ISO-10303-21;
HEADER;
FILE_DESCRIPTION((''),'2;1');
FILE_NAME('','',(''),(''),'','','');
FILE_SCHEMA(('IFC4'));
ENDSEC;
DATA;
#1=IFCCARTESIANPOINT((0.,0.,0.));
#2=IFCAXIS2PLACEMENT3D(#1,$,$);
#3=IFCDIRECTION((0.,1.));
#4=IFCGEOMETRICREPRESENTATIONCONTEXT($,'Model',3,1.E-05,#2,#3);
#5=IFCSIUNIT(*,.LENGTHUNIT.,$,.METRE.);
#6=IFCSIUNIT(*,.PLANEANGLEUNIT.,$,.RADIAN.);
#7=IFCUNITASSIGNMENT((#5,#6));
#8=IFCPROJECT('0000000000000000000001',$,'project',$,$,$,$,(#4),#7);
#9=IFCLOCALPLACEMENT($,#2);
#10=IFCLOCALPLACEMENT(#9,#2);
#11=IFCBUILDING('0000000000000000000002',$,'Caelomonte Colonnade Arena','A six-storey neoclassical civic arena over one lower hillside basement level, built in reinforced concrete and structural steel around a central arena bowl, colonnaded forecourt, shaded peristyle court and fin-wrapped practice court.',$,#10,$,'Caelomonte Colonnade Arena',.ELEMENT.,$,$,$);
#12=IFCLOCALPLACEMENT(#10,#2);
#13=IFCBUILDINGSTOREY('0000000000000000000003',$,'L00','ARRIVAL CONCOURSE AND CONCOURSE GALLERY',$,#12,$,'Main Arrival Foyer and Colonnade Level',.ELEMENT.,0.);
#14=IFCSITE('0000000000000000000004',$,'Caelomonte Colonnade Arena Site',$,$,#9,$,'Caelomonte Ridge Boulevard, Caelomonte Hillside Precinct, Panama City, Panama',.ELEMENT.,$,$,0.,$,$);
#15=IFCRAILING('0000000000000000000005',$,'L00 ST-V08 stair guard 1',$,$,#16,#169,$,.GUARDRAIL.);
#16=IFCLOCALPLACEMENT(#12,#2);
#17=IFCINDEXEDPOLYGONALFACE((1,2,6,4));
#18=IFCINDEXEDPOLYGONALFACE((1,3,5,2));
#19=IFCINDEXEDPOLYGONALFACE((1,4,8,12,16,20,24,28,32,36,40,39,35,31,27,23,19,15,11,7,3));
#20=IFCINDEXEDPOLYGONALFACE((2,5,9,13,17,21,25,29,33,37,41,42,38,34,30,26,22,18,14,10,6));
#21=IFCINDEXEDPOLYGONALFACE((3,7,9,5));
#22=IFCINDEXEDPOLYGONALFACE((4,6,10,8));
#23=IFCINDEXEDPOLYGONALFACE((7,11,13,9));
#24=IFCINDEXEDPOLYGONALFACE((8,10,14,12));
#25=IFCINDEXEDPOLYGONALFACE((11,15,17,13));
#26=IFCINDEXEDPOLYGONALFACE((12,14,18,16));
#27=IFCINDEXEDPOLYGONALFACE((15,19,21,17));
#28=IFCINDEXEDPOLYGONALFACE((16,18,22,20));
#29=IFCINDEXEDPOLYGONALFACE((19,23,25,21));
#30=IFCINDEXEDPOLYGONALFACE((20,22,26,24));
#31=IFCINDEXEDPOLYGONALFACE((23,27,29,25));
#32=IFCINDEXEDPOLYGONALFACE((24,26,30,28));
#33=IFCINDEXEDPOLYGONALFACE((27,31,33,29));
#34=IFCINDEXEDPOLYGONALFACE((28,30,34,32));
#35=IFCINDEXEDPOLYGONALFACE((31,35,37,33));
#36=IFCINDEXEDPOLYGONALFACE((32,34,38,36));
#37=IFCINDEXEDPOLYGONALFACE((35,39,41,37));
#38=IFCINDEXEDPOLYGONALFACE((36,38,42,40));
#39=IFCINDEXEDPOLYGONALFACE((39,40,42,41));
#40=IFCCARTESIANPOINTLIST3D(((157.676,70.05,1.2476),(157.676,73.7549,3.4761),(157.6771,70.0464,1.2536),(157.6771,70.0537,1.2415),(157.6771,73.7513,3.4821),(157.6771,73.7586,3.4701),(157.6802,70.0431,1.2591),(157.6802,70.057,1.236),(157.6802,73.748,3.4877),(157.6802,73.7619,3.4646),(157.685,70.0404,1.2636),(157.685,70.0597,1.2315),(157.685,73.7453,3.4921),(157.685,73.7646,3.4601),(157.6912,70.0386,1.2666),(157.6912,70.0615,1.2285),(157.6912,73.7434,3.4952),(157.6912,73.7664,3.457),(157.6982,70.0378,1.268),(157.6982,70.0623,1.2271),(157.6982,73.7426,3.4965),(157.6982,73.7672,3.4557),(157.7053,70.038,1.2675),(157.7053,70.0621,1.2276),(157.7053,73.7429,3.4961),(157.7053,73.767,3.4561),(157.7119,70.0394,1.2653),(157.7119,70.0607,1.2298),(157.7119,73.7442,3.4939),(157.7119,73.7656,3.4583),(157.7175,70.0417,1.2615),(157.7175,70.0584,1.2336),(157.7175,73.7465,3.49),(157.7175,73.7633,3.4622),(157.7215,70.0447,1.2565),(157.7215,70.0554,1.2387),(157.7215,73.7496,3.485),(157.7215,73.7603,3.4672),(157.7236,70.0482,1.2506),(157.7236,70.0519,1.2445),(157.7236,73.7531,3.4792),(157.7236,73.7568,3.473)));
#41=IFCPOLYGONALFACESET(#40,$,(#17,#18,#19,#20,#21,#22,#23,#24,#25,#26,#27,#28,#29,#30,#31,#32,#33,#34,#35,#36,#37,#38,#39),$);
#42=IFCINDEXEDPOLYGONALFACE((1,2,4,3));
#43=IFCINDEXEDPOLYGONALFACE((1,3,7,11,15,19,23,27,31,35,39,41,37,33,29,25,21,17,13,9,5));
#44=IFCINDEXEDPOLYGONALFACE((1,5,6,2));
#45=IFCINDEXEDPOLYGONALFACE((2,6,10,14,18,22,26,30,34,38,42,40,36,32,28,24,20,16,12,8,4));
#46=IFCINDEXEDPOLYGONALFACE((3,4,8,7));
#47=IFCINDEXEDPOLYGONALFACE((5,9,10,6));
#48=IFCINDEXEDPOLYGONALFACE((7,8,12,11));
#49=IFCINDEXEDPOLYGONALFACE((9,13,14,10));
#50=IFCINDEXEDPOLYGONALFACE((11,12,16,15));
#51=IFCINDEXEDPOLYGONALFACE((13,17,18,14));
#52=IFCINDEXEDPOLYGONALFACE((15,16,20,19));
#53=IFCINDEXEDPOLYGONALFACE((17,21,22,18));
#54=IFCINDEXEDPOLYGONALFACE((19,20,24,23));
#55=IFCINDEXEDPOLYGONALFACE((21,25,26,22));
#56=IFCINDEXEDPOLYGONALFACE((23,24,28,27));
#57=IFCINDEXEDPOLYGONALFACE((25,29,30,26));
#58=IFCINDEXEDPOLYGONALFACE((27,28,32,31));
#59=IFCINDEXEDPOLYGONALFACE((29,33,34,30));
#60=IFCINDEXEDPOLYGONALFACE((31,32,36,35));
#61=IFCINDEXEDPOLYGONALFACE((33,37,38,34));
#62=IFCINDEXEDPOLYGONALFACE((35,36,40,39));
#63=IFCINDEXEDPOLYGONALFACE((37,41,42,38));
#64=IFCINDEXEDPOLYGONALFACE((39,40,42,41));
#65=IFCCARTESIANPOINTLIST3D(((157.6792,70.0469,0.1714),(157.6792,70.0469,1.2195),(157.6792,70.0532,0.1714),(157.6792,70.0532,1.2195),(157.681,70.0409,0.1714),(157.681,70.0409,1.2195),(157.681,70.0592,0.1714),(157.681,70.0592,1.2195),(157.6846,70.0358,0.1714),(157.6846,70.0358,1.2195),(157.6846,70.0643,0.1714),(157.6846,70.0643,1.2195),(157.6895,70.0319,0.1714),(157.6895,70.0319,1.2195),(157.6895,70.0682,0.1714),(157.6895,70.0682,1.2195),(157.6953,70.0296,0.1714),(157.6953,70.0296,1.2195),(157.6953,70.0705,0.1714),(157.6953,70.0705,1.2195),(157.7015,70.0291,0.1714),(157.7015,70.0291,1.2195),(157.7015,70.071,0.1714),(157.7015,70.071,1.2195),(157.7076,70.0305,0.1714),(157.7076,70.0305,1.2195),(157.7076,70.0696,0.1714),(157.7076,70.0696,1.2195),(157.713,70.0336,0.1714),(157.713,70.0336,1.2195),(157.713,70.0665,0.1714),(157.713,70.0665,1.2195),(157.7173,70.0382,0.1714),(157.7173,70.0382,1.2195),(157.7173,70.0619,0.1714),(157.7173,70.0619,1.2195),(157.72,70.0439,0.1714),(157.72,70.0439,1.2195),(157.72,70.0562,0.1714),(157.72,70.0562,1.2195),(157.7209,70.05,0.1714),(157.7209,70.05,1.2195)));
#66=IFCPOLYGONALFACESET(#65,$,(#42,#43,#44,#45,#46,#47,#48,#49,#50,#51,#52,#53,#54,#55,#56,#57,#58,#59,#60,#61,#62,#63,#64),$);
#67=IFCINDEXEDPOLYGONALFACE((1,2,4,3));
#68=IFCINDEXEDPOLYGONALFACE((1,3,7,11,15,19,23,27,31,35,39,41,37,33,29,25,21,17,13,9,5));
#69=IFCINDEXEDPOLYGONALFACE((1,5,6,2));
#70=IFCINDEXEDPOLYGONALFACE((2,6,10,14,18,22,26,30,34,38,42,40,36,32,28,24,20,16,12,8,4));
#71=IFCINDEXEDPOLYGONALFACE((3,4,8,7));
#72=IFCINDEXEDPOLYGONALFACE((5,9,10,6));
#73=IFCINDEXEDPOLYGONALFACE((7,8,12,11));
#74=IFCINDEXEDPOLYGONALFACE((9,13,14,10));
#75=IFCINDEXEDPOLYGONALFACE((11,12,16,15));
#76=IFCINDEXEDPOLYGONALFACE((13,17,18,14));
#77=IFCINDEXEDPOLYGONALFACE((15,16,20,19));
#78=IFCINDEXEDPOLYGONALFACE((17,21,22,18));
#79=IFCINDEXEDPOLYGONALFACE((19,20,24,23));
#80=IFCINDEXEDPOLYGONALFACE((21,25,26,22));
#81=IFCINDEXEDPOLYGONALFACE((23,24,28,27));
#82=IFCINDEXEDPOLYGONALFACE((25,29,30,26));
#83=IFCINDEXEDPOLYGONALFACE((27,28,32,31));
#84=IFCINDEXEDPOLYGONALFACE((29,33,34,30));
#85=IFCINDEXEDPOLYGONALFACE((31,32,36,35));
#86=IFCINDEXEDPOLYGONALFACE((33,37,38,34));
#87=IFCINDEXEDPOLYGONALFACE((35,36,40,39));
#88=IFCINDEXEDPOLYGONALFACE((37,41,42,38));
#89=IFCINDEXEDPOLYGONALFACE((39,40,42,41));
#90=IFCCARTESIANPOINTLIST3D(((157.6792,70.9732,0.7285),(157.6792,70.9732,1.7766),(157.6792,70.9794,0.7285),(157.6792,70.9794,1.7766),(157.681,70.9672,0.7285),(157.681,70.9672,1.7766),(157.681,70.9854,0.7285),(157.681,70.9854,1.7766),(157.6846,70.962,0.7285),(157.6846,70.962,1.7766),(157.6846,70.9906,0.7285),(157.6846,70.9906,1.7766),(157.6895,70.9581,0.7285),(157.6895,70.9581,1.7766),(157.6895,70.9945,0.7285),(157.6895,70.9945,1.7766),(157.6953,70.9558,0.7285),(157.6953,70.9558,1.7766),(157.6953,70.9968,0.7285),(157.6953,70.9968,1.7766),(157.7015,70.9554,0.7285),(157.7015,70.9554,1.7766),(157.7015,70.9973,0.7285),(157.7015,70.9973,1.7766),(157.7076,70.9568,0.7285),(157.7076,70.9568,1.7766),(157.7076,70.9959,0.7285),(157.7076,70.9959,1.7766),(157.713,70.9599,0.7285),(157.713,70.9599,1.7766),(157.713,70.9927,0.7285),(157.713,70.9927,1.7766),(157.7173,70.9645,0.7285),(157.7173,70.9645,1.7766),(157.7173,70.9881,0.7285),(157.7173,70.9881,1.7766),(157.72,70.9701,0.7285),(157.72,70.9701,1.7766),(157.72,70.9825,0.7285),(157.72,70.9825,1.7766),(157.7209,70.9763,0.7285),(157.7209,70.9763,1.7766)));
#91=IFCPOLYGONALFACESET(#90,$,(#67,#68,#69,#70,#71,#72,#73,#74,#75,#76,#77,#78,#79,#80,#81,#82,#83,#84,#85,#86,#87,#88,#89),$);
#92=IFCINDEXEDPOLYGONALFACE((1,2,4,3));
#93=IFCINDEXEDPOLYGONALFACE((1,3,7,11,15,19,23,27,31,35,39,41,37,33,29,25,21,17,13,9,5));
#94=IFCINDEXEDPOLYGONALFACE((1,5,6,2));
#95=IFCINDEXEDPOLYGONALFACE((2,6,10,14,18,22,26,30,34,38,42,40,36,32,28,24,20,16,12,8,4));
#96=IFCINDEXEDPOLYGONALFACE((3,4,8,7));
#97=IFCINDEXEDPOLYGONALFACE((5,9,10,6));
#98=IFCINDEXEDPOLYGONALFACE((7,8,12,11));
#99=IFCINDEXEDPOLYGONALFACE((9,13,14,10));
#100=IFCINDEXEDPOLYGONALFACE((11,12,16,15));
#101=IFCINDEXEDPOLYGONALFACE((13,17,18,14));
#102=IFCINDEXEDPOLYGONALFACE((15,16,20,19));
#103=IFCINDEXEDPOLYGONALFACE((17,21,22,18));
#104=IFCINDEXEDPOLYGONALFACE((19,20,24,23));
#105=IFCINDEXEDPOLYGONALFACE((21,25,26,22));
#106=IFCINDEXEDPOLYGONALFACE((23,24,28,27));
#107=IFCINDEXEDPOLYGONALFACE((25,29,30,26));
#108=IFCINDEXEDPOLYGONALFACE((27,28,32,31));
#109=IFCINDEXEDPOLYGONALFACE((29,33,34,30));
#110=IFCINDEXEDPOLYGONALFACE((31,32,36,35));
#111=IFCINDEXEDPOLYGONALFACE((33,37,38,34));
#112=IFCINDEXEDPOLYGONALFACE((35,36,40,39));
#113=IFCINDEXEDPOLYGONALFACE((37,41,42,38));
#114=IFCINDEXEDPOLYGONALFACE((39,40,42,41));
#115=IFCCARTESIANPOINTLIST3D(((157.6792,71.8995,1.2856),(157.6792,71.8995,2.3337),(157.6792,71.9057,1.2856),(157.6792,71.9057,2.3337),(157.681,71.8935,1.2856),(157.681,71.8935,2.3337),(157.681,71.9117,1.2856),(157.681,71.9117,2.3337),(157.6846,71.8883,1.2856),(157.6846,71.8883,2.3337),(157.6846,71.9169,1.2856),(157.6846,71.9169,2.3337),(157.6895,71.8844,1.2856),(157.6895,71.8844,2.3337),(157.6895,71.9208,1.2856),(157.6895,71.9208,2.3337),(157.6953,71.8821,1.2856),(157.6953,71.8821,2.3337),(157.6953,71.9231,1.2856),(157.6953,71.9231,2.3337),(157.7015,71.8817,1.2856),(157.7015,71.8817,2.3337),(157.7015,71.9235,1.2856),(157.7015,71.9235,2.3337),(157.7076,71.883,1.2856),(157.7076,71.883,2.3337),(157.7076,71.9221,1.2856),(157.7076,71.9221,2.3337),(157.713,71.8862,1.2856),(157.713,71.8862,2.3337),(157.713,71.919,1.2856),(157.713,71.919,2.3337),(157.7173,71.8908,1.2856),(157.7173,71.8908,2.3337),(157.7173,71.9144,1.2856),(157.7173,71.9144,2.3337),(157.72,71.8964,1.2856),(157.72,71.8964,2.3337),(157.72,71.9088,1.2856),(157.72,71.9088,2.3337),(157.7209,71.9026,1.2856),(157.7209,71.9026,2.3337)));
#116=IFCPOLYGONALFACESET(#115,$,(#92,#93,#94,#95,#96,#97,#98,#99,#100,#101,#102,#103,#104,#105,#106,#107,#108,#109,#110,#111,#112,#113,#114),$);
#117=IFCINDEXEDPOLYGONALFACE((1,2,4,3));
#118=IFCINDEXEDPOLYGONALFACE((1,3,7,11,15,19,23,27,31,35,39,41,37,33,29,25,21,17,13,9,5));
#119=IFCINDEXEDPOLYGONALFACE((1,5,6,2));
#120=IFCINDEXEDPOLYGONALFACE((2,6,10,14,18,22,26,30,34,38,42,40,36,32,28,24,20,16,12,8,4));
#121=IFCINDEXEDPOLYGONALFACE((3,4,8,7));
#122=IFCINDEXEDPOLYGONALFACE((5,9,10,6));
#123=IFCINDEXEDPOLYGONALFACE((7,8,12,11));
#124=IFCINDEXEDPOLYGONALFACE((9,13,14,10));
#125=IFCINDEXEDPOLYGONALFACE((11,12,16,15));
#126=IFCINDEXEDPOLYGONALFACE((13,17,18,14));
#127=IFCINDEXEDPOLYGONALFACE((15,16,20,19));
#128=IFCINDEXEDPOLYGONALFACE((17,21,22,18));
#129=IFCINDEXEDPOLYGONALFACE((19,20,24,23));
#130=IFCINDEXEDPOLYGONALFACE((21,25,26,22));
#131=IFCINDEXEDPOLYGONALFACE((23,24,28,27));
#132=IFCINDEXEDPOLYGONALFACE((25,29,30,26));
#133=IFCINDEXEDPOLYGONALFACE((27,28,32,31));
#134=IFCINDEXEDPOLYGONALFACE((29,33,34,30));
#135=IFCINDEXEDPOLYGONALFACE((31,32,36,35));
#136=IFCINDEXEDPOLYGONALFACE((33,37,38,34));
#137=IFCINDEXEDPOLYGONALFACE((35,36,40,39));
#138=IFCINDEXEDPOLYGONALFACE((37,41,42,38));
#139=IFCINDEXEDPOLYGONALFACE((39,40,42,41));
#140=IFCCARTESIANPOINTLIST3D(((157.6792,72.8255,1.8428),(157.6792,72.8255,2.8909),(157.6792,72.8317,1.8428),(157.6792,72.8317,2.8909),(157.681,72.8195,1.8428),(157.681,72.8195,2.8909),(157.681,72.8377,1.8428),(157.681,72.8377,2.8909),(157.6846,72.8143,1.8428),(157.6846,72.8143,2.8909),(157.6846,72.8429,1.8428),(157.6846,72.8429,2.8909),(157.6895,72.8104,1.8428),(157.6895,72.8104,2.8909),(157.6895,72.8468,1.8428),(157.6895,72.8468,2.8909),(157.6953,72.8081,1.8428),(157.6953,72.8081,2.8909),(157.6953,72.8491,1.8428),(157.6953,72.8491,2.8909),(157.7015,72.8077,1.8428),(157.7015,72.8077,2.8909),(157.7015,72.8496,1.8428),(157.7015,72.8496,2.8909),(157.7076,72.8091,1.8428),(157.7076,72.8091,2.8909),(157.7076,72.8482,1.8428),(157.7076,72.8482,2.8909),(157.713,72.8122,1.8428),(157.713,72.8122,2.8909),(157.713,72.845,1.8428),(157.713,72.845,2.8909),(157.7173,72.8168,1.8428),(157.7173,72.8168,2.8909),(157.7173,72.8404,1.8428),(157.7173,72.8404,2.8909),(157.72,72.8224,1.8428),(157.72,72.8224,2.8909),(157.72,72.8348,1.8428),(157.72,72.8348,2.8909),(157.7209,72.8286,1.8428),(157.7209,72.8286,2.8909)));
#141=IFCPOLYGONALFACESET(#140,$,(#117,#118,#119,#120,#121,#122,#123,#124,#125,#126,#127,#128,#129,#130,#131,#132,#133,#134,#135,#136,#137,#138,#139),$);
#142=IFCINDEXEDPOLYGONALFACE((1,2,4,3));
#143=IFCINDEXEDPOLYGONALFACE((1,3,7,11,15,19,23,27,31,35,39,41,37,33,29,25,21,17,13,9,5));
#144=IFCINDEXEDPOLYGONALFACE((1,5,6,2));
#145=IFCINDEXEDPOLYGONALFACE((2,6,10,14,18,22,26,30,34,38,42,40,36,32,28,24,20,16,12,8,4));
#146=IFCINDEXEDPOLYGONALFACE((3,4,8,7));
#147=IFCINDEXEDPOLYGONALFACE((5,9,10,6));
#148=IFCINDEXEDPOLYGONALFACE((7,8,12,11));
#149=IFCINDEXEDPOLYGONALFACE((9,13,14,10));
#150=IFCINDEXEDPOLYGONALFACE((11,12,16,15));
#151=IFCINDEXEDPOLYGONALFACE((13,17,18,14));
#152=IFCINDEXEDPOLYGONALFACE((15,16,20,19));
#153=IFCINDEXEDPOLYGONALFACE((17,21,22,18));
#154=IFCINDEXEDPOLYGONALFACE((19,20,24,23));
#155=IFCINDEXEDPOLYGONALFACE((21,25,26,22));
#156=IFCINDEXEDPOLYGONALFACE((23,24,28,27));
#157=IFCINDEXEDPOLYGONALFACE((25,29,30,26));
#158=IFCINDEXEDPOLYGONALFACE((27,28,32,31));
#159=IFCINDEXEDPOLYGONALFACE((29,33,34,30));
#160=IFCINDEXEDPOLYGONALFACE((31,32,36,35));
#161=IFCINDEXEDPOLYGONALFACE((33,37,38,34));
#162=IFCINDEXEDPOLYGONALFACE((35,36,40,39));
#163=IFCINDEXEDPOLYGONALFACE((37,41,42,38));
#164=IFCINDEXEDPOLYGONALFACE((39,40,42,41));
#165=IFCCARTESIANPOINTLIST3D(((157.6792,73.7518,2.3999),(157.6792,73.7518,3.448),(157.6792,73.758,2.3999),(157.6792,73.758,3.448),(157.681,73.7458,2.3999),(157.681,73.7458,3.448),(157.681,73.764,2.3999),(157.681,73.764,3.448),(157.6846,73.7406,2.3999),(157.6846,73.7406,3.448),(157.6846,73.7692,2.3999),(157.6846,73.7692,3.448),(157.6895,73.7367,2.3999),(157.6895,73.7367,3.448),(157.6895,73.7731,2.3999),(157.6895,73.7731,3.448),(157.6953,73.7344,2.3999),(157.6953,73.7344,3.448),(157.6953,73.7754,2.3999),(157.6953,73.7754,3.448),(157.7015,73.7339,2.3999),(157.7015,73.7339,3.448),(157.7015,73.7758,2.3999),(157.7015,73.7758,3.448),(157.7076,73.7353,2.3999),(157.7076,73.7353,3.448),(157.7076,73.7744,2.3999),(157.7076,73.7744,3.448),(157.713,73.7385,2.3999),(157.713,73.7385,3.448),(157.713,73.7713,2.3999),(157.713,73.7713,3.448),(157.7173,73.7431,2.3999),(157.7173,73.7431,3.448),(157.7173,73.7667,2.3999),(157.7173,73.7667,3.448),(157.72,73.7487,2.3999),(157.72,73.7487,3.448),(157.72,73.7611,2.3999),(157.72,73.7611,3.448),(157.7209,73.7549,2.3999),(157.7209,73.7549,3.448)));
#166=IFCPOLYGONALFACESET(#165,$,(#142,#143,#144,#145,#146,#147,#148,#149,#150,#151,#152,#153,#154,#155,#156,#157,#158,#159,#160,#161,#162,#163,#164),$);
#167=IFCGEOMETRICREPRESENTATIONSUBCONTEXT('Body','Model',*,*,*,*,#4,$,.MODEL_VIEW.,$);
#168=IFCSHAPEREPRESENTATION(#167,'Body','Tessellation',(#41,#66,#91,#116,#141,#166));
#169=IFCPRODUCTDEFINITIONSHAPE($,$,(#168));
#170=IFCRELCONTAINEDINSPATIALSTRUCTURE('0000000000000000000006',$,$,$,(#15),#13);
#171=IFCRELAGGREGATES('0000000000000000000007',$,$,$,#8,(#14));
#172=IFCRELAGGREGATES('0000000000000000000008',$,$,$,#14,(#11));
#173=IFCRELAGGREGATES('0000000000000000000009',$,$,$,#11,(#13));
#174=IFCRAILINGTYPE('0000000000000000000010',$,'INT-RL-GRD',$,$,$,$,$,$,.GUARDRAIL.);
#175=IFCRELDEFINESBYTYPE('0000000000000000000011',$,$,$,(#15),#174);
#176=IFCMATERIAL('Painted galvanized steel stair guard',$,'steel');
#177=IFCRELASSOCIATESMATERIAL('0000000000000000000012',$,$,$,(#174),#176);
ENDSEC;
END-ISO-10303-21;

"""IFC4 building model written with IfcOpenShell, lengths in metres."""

from ifc_helpers import new_model, si_unit, direction, frame, origin, origin_2d, place, context, subcontext, project, spatial, circle, extrude, material, type_object, element, save


model = new_model("IFC4")

# Units and contexts
model_context = context("Model", 3, precision=1e-05, world=origin(), true_north=direction((0.0, 1.0)))
body_context = subcontext(model_context, "Body", "Model", "MODEL_VIEW")
ifc_project = project(units=[si_unit("LENGTHUNIT", "METRE"), si_unit("PLANEANGLEUNIT", "RADIAN")], contexts=[model_context])

# Site, building, storey
site_placement = place(None, origin())
site = spatial("IfcSite", under=ifc_project, at=site_placement, Name="Caelomonte Colonnade Arena Site", LongName="Caelomonte Ridge Boulevard, Caelomonte Hillside Precinct, Panama City, Panama", CompositionType="ELEMENT", RefElevation=0.0)
building_placement = place(site_placement, origin())
building = spatial("IfcBuilding", under=site, at=building_placement, Name="Caelomonte Colonnade Arena", Description="A six-storey neoclassical civic arena over one lower hillside basement level, built in reinforced concrete and structural steel around a central arena bowl, colonnaded forecourt, shaded peristyle court and fin-wrapped practice court.", LongName="Caelomonte Colonnade Arena", CompositionType="ELEMENT")
storey_placement = place(building_placement, origin())
storey = spatial("IfcBuildingStorey", under=building, at=storey_placement, Name="L00", Description="ARRIVAL CONCOURSE AND CONCOURSE GALLERY", LongName="Main Arrival Foyer and Colonnade Level", CompositionType="ELEMENT", Elevation=0.0)

# Railing
ifc_material_1 = material(Name="Painted galvanized steel stair guard", Category="steel")
railing_type_1 = type_object("IfcRailingType", Name="INT-RL-GRD", PredefinedType="GUARDRAIL", material=ifc_material_1)
railing_1_placement = place(storey_placement, frame((157.7, 70.05, 0.1714)))
element("IfcRailing", 1, at=railing_1_placement, inside=storey, type_object=railing_type_1, Name="L00 ST-V08 stair guard 1", PredefinedType="GUARDRAIL", context=body_context, shape_type="SweptSolid", body=[
    extrude(circle(Radius=0.0239, at=origin_2d()), frame((0.0, 0.0, 1.0762), z_axis=(0.0, 0.856919, 0.51545), x_axis=(-1.0, 0.0, 0.0)), (0.0, 0.0, 1.0), 4.3235),
    extrude(circle(Radius=0.021, at=origin_2d()), origin(), (0.0, 0.0, 1.0), 1.0481),
    extrude(circle(Radius=0.021, at=origin_2d()), frame((0.0, 0.9263, 0.5571)), (0.0, 0.0, 1.0), 1.0481),
    extrude(circle(Radius=0.021, at=origin_2d()), frame((0.0, 1.8525, 1.1143)), (0.0, 0.0, 1.0), 1.0481),
    extrude(circle(Radius=0.021, at=origin_2d()), frame((0.0, 2.7786, 1.6714)), (0.0, 0.0, 1.0), 1.0481),
    extrude(circle(Radius=0.021, at=origin_2d()), frame((0.0, 3.7048, 2.2285)), (0.0, 0.0, 1.0), 1.0481),
])

save(model, "model.ifc")
